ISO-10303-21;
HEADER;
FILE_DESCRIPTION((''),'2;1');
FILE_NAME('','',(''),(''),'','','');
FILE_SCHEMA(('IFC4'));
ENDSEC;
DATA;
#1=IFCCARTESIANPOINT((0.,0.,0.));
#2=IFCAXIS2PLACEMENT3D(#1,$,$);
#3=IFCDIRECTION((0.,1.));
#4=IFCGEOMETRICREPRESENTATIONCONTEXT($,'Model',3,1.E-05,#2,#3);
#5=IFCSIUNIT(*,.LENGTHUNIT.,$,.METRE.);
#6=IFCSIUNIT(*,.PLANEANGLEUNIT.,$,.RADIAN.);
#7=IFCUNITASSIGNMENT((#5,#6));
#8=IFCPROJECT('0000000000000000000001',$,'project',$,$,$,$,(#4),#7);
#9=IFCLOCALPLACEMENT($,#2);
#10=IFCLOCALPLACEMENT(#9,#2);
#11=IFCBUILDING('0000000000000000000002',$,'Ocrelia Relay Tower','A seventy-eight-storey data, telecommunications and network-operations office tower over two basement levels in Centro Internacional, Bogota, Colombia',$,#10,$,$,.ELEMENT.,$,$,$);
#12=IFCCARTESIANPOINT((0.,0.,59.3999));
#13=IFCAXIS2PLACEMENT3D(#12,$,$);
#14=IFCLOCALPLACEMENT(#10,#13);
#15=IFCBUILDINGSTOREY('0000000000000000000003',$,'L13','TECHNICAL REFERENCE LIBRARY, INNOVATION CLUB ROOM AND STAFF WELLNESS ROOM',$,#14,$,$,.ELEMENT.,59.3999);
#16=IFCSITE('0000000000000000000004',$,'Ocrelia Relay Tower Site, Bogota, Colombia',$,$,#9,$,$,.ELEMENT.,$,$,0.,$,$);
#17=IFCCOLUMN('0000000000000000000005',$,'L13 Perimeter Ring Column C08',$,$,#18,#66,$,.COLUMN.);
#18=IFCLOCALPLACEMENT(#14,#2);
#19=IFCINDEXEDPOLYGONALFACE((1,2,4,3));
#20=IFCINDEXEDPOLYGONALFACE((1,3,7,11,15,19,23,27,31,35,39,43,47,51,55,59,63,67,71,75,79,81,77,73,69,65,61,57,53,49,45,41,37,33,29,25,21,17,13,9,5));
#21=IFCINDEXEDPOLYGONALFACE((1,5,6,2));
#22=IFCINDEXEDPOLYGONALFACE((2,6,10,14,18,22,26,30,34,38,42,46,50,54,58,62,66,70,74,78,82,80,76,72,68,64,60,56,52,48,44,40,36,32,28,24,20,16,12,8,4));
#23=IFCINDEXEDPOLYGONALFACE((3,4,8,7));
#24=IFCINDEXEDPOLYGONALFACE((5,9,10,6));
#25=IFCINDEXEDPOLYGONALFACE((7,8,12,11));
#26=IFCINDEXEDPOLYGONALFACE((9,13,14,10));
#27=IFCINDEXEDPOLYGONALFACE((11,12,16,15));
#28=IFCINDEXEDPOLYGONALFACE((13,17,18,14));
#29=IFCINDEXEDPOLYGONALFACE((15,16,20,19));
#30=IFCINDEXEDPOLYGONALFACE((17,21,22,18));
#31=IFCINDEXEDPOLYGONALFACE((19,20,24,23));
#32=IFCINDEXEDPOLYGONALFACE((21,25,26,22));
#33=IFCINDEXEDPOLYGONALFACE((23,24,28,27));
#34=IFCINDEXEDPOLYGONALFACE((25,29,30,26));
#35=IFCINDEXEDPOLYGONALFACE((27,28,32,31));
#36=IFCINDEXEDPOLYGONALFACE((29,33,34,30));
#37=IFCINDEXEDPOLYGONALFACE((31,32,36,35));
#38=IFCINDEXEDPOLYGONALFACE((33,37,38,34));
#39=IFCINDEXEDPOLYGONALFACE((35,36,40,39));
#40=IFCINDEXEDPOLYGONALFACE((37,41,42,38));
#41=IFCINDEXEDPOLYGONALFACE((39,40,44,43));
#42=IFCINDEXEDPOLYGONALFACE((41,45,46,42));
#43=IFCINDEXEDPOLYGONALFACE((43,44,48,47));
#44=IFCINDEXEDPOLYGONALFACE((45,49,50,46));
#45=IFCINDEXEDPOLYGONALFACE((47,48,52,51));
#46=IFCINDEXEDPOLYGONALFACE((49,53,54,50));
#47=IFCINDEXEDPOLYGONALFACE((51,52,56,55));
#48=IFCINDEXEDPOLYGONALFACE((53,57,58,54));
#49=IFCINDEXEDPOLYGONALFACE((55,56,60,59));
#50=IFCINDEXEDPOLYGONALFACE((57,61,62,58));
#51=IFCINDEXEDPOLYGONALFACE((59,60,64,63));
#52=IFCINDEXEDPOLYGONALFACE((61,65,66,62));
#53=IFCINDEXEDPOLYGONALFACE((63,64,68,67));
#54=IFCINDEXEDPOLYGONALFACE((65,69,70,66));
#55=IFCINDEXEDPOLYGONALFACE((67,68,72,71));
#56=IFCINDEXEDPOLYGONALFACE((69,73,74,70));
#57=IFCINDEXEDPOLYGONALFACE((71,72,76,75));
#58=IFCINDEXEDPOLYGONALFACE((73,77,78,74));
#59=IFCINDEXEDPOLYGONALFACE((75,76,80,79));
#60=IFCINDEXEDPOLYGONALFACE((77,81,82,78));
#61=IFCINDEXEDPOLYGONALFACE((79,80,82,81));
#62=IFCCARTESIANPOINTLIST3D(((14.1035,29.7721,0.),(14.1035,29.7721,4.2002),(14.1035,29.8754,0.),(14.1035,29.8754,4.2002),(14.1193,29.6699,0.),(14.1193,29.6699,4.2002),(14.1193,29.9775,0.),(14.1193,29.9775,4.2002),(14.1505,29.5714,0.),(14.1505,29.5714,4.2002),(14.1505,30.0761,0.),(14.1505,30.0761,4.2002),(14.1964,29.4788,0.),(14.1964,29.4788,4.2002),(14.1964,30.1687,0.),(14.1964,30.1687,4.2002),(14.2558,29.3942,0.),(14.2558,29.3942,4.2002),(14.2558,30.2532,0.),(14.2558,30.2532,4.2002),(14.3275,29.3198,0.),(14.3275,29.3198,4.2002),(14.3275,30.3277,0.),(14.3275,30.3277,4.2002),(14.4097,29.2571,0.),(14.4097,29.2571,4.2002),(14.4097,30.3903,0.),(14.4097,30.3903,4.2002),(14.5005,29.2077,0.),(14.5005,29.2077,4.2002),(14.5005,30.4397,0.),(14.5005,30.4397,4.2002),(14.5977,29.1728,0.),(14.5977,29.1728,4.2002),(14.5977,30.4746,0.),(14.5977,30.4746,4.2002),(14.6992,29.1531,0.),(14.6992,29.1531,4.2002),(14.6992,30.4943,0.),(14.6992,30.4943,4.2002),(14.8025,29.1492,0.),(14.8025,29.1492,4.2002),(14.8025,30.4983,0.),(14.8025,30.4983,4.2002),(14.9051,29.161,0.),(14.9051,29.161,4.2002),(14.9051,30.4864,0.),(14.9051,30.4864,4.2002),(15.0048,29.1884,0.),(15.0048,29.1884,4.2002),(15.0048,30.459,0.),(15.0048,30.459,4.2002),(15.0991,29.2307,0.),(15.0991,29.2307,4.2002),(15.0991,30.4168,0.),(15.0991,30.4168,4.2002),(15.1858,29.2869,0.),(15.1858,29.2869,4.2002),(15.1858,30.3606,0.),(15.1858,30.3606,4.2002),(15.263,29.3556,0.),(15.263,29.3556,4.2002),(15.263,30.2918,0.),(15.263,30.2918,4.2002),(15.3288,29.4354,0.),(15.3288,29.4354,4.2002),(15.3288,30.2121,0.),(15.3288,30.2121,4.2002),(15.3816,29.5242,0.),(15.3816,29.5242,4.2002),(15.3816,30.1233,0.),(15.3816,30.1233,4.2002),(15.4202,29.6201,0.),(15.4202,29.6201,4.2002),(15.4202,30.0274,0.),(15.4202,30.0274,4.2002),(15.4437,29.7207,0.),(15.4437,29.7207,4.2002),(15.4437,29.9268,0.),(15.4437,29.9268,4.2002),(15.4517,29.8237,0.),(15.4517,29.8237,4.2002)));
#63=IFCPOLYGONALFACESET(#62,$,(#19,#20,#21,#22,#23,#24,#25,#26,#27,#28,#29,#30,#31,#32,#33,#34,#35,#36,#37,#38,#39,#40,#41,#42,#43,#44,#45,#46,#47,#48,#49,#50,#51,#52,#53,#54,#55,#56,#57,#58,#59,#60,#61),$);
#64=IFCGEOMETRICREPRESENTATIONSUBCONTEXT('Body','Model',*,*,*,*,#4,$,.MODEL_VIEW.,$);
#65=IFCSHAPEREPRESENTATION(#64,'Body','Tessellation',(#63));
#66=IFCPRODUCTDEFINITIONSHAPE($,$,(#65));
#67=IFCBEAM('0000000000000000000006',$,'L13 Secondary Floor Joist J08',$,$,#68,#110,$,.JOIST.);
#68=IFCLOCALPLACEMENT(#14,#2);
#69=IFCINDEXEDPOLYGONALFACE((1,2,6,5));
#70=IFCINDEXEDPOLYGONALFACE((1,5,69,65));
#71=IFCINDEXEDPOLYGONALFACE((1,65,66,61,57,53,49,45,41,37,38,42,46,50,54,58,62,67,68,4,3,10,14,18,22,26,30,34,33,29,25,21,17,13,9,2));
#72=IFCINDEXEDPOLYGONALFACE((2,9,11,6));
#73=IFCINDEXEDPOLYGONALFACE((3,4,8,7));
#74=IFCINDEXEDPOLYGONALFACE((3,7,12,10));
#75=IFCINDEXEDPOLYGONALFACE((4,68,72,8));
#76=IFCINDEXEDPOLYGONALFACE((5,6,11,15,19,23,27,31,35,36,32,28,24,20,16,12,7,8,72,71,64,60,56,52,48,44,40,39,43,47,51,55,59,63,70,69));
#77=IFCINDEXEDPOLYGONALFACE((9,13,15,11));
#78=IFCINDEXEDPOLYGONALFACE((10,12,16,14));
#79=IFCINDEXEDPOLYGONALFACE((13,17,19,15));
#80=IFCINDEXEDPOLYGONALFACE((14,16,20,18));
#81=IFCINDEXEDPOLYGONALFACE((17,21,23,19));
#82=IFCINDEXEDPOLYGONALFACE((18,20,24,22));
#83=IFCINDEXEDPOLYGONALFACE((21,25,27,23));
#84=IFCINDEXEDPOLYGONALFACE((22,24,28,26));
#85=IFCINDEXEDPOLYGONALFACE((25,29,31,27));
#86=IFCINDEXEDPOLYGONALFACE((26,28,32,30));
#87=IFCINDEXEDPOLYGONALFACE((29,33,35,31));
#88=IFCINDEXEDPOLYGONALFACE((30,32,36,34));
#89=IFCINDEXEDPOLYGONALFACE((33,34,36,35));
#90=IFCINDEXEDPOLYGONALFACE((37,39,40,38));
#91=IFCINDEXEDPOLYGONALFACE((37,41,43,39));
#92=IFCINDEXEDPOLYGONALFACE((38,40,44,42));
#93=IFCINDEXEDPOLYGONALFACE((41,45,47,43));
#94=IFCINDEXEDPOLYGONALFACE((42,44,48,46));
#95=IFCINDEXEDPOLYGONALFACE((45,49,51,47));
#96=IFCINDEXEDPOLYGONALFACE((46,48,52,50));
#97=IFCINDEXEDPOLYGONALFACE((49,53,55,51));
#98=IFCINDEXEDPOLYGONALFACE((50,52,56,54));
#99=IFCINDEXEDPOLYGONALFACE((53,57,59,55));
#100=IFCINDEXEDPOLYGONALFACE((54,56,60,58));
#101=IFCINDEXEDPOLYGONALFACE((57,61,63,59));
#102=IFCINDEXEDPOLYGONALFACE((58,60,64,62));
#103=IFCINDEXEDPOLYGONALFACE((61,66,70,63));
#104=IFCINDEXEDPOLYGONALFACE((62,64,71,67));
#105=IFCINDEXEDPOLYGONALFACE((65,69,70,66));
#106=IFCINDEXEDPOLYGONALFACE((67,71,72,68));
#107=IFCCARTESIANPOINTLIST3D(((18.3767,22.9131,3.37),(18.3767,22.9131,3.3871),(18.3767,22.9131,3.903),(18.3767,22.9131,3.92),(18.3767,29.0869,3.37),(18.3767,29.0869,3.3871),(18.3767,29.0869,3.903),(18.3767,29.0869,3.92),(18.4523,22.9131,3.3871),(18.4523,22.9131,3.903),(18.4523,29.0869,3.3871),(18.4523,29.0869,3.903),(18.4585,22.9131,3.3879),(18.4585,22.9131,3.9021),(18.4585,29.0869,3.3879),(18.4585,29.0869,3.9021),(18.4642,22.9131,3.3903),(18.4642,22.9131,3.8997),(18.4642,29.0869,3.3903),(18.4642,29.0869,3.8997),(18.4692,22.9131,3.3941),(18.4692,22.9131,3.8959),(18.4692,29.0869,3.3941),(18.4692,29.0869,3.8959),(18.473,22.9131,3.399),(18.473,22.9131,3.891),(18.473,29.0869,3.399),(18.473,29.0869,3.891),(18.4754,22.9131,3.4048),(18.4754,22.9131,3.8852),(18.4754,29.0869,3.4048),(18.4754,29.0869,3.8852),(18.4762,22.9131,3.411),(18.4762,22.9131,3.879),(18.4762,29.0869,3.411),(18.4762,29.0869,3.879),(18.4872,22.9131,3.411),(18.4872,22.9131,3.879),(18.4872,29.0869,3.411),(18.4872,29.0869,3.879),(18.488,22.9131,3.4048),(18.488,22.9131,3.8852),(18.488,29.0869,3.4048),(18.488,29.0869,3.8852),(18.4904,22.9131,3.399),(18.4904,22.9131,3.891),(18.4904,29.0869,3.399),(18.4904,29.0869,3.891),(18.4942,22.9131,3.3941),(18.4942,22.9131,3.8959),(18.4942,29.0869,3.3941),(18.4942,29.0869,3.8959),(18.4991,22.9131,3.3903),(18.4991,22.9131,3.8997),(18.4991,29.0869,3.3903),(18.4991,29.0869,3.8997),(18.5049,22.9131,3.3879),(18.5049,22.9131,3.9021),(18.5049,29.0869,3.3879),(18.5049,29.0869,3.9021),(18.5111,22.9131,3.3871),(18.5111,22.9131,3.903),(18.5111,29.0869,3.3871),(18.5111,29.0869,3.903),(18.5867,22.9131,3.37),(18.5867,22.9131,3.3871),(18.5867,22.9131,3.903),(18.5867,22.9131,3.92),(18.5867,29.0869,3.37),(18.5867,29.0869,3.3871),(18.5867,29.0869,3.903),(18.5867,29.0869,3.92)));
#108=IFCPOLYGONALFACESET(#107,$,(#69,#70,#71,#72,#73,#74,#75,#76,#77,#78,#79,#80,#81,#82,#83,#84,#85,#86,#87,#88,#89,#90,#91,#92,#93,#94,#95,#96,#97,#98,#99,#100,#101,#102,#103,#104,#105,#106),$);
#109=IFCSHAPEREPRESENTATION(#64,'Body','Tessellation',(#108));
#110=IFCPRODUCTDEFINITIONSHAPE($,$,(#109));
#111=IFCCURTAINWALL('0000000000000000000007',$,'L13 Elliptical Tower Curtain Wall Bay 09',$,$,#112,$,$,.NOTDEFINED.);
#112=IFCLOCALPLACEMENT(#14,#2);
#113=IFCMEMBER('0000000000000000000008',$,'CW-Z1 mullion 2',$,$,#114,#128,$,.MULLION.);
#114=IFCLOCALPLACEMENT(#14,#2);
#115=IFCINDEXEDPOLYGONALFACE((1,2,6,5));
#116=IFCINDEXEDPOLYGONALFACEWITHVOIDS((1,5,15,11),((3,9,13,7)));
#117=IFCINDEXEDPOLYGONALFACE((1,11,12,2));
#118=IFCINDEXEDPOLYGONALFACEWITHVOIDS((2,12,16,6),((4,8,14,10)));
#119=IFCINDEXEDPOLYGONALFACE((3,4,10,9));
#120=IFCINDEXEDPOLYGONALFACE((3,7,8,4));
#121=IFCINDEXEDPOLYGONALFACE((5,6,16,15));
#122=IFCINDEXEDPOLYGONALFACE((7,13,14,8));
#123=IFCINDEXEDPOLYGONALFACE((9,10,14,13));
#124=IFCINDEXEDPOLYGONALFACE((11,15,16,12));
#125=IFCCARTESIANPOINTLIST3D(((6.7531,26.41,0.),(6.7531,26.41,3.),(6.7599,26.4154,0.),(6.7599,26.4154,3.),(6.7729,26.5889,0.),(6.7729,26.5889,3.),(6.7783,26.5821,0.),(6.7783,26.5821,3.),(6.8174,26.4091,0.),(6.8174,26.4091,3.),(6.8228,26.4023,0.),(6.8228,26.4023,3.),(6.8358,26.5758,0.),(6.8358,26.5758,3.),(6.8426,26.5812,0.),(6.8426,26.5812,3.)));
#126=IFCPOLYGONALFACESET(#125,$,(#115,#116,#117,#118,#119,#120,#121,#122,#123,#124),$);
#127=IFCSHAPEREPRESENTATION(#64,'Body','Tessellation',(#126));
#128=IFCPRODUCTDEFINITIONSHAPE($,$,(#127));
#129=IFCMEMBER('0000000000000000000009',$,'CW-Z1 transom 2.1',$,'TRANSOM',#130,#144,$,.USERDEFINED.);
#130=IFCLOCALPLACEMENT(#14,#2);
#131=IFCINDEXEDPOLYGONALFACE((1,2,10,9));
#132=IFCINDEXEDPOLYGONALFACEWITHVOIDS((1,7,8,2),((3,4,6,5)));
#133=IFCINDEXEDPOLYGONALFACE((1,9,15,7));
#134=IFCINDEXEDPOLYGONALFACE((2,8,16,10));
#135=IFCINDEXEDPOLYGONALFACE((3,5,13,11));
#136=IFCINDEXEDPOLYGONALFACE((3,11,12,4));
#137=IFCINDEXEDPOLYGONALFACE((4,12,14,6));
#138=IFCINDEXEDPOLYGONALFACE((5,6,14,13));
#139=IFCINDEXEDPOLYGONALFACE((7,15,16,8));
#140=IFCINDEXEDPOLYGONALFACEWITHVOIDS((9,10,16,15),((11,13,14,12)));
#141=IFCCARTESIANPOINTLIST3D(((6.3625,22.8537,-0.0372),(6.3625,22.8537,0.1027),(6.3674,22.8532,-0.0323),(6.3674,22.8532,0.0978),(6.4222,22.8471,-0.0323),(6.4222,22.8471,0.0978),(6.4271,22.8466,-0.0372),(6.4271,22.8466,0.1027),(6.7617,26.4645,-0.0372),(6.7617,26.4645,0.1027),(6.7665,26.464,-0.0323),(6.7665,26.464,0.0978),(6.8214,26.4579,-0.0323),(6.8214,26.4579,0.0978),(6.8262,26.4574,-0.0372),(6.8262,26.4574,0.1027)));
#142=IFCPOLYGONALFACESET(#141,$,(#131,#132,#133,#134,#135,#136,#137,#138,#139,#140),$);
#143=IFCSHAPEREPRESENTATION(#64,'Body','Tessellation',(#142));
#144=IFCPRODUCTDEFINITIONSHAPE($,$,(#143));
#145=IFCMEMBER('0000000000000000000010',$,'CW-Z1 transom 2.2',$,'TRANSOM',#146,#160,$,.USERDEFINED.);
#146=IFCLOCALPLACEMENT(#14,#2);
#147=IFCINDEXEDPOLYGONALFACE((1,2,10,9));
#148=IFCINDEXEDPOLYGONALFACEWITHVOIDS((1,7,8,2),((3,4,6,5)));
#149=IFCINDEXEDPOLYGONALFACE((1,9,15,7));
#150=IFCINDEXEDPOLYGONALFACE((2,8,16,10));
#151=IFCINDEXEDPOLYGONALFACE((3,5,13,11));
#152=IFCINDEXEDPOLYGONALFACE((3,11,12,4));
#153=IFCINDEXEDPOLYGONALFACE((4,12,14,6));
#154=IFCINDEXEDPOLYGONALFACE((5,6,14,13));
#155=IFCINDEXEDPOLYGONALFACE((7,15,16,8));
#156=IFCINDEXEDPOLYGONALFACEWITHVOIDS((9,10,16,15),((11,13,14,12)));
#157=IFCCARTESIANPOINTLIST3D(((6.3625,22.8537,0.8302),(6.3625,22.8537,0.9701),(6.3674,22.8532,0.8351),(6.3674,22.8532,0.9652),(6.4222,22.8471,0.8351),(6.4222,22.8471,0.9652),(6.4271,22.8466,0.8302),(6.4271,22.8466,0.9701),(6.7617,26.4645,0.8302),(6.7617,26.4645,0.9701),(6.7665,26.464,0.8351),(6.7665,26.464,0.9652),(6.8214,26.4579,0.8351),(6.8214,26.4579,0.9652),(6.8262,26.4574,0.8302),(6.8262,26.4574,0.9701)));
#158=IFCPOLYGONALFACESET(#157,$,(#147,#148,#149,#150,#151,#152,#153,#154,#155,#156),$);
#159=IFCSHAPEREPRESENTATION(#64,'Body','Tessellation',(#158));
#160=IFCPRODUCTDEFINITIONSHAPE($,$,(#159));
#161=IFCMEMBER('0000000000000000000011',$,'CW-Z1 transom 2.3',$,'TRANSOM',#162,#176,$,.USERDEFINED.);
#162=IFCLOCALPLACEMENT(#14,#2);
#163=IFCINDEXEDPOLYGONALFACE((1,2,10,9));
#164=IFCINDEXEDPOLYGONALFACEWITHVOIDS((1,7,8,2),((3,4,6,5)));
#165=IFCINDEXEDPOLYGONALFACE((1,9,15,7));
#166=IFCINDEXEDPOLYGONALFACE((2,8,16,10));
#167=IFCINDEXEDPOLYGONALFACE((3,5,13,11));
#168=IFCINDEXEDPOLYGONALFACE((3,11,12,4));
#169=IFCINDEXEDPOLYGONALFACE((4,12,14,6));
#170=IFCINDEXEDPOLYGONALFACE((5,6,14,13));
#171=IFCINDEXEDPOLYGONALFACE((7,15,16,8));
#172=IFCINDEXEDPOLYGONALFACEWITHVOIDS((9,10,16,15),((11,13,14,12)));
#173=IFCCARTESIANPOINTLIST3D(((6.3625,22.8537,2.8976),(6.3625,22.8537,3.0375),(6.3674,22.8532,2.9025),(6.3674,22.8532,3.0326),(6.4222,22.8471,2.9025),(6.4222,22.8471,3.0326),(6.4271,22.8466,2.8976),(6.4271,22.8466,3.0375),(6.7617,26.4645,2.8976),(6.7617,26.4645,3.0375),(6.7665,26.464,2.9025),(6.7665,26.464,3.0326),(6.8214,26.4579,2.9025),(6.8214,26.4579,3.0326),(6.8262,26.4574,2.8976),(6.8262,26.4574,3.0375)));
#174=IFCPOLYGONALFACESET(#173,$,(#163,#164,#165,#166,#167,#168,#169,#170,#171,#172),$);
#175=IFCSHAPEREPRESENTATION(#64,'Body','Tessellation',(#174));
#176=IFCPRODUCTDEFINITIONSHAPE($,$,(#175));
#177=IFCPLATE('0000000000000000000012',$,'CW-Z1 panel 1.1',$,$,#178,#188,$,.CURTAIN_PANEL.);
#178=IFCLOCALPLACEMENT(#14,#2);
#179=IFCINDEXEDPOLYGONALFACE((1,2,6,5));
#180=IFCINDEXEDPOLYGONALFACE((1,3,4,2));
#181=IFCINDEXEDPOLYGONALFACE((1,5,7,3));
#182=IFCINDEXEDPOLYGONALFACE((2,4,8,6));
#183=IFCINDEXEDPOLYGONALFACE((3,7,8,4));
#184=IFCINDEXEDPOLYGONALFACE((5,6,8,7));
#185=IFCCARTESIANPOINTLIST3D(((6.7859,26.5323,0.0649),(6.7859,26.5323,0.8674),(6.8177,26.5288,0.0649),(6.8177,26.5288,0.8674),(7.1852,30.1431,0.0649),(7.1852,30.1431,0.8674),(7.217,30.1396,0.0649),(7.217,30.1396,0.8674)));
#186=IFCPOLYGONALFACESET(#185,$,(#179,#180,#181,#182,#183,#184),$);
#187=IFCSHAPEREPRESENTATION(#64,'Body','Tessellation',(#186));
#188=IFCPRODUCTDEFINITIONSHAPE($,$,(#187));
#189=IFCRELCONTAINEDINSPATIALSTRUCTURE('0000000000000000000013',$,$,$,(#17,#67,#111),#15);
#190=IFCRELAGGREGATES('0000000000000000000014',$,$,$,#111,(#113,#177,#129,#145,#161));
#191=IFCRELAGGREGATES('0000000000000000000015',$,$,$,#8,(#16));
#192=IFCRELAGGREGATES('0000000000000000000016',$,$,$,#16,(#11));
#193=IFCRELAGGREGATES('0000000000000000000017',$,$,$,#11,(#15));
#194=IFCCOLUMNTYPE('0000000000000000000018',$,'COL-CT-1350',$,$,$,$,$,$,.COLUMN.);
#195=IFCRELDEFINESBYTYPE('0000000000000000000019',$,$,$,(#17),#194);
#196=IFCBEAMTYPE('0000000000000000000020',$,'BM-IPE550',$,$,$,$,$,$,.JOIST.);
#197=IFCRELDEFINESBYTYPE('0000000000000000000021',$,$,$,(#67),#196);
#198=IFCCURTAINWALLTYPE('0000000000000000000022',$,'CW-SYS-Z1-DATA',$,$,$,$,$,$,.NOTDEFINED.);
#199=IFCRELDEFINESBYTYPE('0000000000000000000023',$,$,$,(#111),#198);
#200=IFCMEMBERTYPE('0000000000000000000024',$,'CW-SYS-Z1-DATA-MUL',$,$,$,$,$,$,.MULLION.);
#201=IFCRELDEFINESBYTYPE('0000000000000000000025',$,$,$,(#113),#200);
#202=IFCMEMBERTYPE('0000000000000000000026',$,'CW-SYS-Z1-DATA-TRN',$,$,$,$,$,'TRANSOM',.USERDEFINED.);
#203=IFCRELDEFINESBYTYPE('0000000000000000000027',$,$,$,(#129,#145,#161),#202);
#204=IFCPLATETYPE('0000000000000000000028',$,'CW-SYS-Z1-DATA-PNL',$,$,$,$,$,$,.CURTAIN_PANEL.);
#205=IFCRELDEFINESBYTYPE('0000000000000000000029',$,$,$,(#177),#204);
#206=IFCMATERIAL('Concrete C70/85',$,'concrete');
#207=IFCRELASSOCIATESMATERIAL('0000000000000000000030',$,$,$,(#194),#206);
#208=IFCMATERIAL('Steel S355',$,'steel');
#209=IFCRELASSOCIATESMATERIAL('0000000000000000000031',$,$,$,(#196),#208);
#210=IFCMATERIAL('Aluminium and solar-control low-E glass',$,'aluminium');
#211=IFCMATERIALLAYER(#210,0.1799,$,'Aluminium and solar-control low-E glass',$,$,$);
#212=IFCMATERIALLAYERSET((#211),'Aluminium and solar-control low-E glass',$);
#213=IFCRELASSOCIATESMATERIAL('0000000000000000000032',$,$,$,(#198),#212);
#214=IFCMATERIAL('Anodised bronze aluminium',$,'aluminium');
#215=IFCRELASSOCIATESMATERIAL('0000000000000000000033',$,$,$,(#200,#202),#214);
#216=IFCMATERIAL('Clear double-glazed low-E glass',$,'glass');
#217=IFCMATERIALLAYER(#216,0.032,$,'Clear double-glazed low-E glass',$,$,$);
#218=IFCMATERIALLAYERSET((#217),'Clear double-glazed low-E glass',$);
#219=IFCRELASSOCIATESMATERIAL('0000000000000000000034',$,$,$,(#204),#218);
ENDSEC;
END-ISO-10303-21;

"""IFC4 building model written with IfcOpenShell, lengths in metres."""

from ifc_helpers import new_model, si_unit, direction, frame, origin, origin_2d, place, context, subcontext, project, spatial, rectangle, hollow_rectangle, circle, i_section, extrude, material, layer, layer_set, material_profile, profile_set, type_object, element, aggregate, save


model = new_model("IFC4")

# Units and contexts
model_context = context("Model", 3, precision=1e-05, world=origin(), true_north=direction((0.0, 1.0)))
body_context = subcontext(model_context, "Body", "Model", "MODEL_VIEW")
ifc_project = project(units=[si_unit("LENGTHUNIT", "METRE"), si_unit("PLANEANGLEUNIT", "RADIAN")], contexts=[model_context])

# Site, building, storey
site_placement = place(None, origin())
site = spatial("IfcSite", under=ifc_project, at=site_placement, Name="Ocrelia Relay Tower Site, Bogota, Colombia", CompositionType="ELEMENT", RefElevation=0.0)
building_placement = place(site_placement, origin())
building = spatial("IfcBuilding", under=site, at=building_placement, Name="Ocrelia Relay Tower", Description="A seventy-eight-storey data, telecommunications and network-operations office tower over two basement levels in Centro Internacional, Bogota, Colombia", CompositionType="ELEMENT")
storey_placement = place(building_placement, frame((0.0, 0.0, 59.3999)))
storey = spatial("IfcBuildingStorey", under=building, at=storey_placement, Name="L13", Description="TECHNICAL REFERENCE LIBRARY, INNOVATION CLUB ROOM AND STAFF WELLNESS ROOM", CompositionType="ELEMENT", Elevation=59.3999)

# Column
ifc_material_1 = material(Name="Concrete C70/85", Category="concrete")
ifc_material_profile_1 = material_profile(ifc_material_1, circle(Radius=0.675, at=origin_2d()), Name="RC-CIR-1350")
ifc_profile_set_1 = profile_set([ifc_material_profile_1], Name="Concrete C70/85")
column_type = type_object("IfcColumnType", Name="COL-CT-1350", PredefinedType="COLUMN", material=ifc_profile_set_1)
column_placement = place(storey_placement, frame((14.7766, 29.8237, 0.0), z_axis=(0.0, 0.0, 1.0), x_axis=(1.0, 0.0, 0.0)))
element("IfcColumn", 1, at=column_placement, inside=storey, type_object=column_type, Name="L13 Perimeter Ring Column C08", PredefinedType="COLUMN", context=body_context, shape_type="SweptSolid", body=[
    extrude(circle(Radius=0.675, at=origin_2d()), origin(), (0.0, 0.0, 1.0), 4.2002),
])

# Beam
ifc_material_2 = material(Name="Steel S355", Category="steel")
ifc_material_profile_2 = material_profile(ifc_material_2, i_section(OverallWidth=0.21, OverallDepth=0.55, WebThickness=0.011, FlangeThickness=0.0171, FilletRadius=0.0239, at=origin_2d()), Name="IPE 550")
ifc_profile_set_2 = profile_set([ifc_material_profile_2], Name="Steel S355")
beam_type = type_object("IfcBeamType", Name="BM-IPE550", PredefinedType="JOIST", material=ifc_profile_set_2)
beam_placement = place(storey_placement, frame((18.4817, 29.0869, 3.645), z_axis=(0.0, -1.0, 0.0), x_axis=(1.0, 0.0, 0.0)))
element("IfcBeam", 2, at=beam_placement, inside=storey, type_object=beam_type, Name="L13 Secondary Floor Joist J08", PredefinedType="JOIST", context=body_context, shape_type="SweptSolid", body=[
    extrude(i_section(OverallWidth=0.21, OverallDepth=0.55, WebThickness=0.011, FlangeThickness=0.0171, FilletRadius=0.0239, at=origin_2d()), origin(), (0.0, 0.0, 1.0), 6.1738),
])

# Curtain wall, members, plate
ifc_material_3 = material(Name="Aluminium and solar-control low-E glass", Category="aluminium")
ifc_layer_1 = layer(ifc_material_3, 0.1799, Name="Aluminium and solar-control low-E glass")
ifc_layer_set_1 = layer_set([ifc_layer_1], Name="Aluminium and solar-control low-E glass")
curtain_wall_type = type_object("IfcCurtainWallType", Name="CW-SYS-Z1-DATA", PredefinedType="NOTDEFINED", material=ifc_layer_set_1)
curtain_wall_placement = place(storey_placement, origin())
curtain_wall = element("IfcCurtainWall", 3, at=curtain_wall_placement, inside=storey, type_object=curtain_wall_type, Name="L13 Elliptical Tower Curtain Wall Bay 09", PredefinedType="NOTDEFINED")
ifc_material_4 = material(Name="Anodised bronze aluminium", Category="aluminium")
ifc_material_profile_3 = material_profile(ifc_material_4, hollow_rectangle(XDim=0.0701, YDim=0.1799, WallThickness=0.0061, at=origin_2d()), Name="CW-MUL-180x70")
ifc_profile_set_3 = profile_set([ifc_material_profile_3], Name="Anodised bronze aluminium")
member_type_1 = type_object("IfcMemberType", Name="CW-SYS-Z1-DATA-MUL", PredefinedType="MULLION", material=ifc_profile_set_3)
member_1_placement = place(storey_placement, frame((6.7979, 26.4956, 0.0), z_axis=(0.0, 0.0, 1.0), x_axis=(0.993941, -0.109919, 0.0)))
member_1 = element("IfcMember", 4, at=member_1_placement, type_object=member_type_1, Name="CW-Z1 mullion 2", PredefinedType="MULLION", context=body_context, shape_type="SweptSolid", body=[
    extrude(hollow_rectangle(XDim=0.0701, YDim=0.1799, WallThickness=0.0061, at=origin_2d()), origin(), (0.0, 0.0, 1.0), 3.0),
])
ifc_material_profile_4 = material_profile(ifc_material_4, hollow_rectangle(XDim=0.0649, YDim=0.1399, WallThickness=0.0049, at=origin_2d()), Name="CW-TRN-140x65")
ifc_profile_set_4 = profile_set([ifc_material_profile_4], Name="Anodised bronze aluminium")
member_type_2 = type_object("IfcMemberType", Name="CW-SYS-Z1-DATA-TRN", ElementType="TRANSOM", PredefinedType="USERDEFINED", material=ifc_profile_set_4)
member_2_placement = place(storey_placement, frame((6.7939, 26.4609, 0.0327), z_axis=(-0.109878, -0.993945, 0.0), x_axis=(0.993945, -0.109878, 0.0)))
member_2 = element("IfcMember", 5, at=member_2_placement, type_object=member_type_2, Name="CW-Z1 transom 2.1", ObjectType="TRANSOM", PredefinedType="USERDEFINED", context=body_context, shape_type="SweptSolid", body=[
    extrude(hollow_rectangle(XDim=0.0649, YDim=0.1399, WallThickness=0.0049, at=origin_2d()), origin(), (0.0, 0.0, 1.0), 3.6328),
])
member_3_placement = place(storey_placement, frame((6.7939, 26.4609, 0.9001), z_axis=(-0.109878, -0.993945, 0.0), x_axis=(0.993945, -0.109878, 0.0)))
member_3 = element("IfcMember", 6, at=member_3_placement, type_object=member_type_2, Name="CW-Z1 transom 2.2", ObjectType="TRANSOM", PredefinedType="USERDEFINED", context=body_context, shape_type="SweptSolid", body=[
    extrude(hollow_rectangle(XDim=0.0649, YDim=0.1399, WallThickness=0.0049, at=origin_2d()), origin(), (0.0, 0.0, 1.0), 3.6328),
])
member_4_placement = place(storey_placement, frame((6.7939, 26.4609, 2.9675), z_axis=(-0.109878, -0.993945, 0.0), x_axis=(0.993945, -0.109878, 0.0)))
member_4 = element("IfcMember", 7, at=member_4_placement, type_object=member_type_2, Name="CW-Z1 transom 2.3", ObjectType="TRANSOM", PredefinedType="USERDEFINED", context=body_context, shape_type="SweptSolid", body=[
    extrude(hollow_rectangle(XDim=0.0649, YDim=0.1399, WallThickness=0.0049, at=origin_2d()), origin(), (0.0, 0.0, 1.0), 3.6328),
])
ifc_material_5 = material(Name="Clear double-glazed low-E glass", Category="glass")
ifc_layer_2 = layer(ifc_material_5, 0.032, Name="Clear double-glazed low-E glass")
ifc_layer_set_2 = layer_set([ifc_layer_2], Name="Clear double-glazed low-E glass")
plate_type = type_object("IfcPlateType", Name="CW-SYS-Z1-DATA-PNL", PredefinedType="CURTAIN_PANEL", material=ifc_layer_set_2)
plate_1_placement = place(storey_placement, frame((7.0015, 28.3359, 0.0649), z_axis=(0.0, 0.0, 1.0), x_axis=(-0.109919, -0.993941, 0.0)))
plate_1 = element("IfcPlate", 8, at=plate_1_placement, type_object=plate_type, Name="CW-Z1 panel 1.1", PredefinedType="CURTAIN_PANEL", context=body_context, shape_type="SweptSolid", body=[
    extrude(rectangle(XDim=3.6328, YDim=0.032, at=origin_2d()), origin(), (0.0, 0.0, 1.0), 0.8025),
])
aggregate(curtain_wall, [member_1, plate_1, member_2, member_3, member_4])

save(model, "model.ifc")
